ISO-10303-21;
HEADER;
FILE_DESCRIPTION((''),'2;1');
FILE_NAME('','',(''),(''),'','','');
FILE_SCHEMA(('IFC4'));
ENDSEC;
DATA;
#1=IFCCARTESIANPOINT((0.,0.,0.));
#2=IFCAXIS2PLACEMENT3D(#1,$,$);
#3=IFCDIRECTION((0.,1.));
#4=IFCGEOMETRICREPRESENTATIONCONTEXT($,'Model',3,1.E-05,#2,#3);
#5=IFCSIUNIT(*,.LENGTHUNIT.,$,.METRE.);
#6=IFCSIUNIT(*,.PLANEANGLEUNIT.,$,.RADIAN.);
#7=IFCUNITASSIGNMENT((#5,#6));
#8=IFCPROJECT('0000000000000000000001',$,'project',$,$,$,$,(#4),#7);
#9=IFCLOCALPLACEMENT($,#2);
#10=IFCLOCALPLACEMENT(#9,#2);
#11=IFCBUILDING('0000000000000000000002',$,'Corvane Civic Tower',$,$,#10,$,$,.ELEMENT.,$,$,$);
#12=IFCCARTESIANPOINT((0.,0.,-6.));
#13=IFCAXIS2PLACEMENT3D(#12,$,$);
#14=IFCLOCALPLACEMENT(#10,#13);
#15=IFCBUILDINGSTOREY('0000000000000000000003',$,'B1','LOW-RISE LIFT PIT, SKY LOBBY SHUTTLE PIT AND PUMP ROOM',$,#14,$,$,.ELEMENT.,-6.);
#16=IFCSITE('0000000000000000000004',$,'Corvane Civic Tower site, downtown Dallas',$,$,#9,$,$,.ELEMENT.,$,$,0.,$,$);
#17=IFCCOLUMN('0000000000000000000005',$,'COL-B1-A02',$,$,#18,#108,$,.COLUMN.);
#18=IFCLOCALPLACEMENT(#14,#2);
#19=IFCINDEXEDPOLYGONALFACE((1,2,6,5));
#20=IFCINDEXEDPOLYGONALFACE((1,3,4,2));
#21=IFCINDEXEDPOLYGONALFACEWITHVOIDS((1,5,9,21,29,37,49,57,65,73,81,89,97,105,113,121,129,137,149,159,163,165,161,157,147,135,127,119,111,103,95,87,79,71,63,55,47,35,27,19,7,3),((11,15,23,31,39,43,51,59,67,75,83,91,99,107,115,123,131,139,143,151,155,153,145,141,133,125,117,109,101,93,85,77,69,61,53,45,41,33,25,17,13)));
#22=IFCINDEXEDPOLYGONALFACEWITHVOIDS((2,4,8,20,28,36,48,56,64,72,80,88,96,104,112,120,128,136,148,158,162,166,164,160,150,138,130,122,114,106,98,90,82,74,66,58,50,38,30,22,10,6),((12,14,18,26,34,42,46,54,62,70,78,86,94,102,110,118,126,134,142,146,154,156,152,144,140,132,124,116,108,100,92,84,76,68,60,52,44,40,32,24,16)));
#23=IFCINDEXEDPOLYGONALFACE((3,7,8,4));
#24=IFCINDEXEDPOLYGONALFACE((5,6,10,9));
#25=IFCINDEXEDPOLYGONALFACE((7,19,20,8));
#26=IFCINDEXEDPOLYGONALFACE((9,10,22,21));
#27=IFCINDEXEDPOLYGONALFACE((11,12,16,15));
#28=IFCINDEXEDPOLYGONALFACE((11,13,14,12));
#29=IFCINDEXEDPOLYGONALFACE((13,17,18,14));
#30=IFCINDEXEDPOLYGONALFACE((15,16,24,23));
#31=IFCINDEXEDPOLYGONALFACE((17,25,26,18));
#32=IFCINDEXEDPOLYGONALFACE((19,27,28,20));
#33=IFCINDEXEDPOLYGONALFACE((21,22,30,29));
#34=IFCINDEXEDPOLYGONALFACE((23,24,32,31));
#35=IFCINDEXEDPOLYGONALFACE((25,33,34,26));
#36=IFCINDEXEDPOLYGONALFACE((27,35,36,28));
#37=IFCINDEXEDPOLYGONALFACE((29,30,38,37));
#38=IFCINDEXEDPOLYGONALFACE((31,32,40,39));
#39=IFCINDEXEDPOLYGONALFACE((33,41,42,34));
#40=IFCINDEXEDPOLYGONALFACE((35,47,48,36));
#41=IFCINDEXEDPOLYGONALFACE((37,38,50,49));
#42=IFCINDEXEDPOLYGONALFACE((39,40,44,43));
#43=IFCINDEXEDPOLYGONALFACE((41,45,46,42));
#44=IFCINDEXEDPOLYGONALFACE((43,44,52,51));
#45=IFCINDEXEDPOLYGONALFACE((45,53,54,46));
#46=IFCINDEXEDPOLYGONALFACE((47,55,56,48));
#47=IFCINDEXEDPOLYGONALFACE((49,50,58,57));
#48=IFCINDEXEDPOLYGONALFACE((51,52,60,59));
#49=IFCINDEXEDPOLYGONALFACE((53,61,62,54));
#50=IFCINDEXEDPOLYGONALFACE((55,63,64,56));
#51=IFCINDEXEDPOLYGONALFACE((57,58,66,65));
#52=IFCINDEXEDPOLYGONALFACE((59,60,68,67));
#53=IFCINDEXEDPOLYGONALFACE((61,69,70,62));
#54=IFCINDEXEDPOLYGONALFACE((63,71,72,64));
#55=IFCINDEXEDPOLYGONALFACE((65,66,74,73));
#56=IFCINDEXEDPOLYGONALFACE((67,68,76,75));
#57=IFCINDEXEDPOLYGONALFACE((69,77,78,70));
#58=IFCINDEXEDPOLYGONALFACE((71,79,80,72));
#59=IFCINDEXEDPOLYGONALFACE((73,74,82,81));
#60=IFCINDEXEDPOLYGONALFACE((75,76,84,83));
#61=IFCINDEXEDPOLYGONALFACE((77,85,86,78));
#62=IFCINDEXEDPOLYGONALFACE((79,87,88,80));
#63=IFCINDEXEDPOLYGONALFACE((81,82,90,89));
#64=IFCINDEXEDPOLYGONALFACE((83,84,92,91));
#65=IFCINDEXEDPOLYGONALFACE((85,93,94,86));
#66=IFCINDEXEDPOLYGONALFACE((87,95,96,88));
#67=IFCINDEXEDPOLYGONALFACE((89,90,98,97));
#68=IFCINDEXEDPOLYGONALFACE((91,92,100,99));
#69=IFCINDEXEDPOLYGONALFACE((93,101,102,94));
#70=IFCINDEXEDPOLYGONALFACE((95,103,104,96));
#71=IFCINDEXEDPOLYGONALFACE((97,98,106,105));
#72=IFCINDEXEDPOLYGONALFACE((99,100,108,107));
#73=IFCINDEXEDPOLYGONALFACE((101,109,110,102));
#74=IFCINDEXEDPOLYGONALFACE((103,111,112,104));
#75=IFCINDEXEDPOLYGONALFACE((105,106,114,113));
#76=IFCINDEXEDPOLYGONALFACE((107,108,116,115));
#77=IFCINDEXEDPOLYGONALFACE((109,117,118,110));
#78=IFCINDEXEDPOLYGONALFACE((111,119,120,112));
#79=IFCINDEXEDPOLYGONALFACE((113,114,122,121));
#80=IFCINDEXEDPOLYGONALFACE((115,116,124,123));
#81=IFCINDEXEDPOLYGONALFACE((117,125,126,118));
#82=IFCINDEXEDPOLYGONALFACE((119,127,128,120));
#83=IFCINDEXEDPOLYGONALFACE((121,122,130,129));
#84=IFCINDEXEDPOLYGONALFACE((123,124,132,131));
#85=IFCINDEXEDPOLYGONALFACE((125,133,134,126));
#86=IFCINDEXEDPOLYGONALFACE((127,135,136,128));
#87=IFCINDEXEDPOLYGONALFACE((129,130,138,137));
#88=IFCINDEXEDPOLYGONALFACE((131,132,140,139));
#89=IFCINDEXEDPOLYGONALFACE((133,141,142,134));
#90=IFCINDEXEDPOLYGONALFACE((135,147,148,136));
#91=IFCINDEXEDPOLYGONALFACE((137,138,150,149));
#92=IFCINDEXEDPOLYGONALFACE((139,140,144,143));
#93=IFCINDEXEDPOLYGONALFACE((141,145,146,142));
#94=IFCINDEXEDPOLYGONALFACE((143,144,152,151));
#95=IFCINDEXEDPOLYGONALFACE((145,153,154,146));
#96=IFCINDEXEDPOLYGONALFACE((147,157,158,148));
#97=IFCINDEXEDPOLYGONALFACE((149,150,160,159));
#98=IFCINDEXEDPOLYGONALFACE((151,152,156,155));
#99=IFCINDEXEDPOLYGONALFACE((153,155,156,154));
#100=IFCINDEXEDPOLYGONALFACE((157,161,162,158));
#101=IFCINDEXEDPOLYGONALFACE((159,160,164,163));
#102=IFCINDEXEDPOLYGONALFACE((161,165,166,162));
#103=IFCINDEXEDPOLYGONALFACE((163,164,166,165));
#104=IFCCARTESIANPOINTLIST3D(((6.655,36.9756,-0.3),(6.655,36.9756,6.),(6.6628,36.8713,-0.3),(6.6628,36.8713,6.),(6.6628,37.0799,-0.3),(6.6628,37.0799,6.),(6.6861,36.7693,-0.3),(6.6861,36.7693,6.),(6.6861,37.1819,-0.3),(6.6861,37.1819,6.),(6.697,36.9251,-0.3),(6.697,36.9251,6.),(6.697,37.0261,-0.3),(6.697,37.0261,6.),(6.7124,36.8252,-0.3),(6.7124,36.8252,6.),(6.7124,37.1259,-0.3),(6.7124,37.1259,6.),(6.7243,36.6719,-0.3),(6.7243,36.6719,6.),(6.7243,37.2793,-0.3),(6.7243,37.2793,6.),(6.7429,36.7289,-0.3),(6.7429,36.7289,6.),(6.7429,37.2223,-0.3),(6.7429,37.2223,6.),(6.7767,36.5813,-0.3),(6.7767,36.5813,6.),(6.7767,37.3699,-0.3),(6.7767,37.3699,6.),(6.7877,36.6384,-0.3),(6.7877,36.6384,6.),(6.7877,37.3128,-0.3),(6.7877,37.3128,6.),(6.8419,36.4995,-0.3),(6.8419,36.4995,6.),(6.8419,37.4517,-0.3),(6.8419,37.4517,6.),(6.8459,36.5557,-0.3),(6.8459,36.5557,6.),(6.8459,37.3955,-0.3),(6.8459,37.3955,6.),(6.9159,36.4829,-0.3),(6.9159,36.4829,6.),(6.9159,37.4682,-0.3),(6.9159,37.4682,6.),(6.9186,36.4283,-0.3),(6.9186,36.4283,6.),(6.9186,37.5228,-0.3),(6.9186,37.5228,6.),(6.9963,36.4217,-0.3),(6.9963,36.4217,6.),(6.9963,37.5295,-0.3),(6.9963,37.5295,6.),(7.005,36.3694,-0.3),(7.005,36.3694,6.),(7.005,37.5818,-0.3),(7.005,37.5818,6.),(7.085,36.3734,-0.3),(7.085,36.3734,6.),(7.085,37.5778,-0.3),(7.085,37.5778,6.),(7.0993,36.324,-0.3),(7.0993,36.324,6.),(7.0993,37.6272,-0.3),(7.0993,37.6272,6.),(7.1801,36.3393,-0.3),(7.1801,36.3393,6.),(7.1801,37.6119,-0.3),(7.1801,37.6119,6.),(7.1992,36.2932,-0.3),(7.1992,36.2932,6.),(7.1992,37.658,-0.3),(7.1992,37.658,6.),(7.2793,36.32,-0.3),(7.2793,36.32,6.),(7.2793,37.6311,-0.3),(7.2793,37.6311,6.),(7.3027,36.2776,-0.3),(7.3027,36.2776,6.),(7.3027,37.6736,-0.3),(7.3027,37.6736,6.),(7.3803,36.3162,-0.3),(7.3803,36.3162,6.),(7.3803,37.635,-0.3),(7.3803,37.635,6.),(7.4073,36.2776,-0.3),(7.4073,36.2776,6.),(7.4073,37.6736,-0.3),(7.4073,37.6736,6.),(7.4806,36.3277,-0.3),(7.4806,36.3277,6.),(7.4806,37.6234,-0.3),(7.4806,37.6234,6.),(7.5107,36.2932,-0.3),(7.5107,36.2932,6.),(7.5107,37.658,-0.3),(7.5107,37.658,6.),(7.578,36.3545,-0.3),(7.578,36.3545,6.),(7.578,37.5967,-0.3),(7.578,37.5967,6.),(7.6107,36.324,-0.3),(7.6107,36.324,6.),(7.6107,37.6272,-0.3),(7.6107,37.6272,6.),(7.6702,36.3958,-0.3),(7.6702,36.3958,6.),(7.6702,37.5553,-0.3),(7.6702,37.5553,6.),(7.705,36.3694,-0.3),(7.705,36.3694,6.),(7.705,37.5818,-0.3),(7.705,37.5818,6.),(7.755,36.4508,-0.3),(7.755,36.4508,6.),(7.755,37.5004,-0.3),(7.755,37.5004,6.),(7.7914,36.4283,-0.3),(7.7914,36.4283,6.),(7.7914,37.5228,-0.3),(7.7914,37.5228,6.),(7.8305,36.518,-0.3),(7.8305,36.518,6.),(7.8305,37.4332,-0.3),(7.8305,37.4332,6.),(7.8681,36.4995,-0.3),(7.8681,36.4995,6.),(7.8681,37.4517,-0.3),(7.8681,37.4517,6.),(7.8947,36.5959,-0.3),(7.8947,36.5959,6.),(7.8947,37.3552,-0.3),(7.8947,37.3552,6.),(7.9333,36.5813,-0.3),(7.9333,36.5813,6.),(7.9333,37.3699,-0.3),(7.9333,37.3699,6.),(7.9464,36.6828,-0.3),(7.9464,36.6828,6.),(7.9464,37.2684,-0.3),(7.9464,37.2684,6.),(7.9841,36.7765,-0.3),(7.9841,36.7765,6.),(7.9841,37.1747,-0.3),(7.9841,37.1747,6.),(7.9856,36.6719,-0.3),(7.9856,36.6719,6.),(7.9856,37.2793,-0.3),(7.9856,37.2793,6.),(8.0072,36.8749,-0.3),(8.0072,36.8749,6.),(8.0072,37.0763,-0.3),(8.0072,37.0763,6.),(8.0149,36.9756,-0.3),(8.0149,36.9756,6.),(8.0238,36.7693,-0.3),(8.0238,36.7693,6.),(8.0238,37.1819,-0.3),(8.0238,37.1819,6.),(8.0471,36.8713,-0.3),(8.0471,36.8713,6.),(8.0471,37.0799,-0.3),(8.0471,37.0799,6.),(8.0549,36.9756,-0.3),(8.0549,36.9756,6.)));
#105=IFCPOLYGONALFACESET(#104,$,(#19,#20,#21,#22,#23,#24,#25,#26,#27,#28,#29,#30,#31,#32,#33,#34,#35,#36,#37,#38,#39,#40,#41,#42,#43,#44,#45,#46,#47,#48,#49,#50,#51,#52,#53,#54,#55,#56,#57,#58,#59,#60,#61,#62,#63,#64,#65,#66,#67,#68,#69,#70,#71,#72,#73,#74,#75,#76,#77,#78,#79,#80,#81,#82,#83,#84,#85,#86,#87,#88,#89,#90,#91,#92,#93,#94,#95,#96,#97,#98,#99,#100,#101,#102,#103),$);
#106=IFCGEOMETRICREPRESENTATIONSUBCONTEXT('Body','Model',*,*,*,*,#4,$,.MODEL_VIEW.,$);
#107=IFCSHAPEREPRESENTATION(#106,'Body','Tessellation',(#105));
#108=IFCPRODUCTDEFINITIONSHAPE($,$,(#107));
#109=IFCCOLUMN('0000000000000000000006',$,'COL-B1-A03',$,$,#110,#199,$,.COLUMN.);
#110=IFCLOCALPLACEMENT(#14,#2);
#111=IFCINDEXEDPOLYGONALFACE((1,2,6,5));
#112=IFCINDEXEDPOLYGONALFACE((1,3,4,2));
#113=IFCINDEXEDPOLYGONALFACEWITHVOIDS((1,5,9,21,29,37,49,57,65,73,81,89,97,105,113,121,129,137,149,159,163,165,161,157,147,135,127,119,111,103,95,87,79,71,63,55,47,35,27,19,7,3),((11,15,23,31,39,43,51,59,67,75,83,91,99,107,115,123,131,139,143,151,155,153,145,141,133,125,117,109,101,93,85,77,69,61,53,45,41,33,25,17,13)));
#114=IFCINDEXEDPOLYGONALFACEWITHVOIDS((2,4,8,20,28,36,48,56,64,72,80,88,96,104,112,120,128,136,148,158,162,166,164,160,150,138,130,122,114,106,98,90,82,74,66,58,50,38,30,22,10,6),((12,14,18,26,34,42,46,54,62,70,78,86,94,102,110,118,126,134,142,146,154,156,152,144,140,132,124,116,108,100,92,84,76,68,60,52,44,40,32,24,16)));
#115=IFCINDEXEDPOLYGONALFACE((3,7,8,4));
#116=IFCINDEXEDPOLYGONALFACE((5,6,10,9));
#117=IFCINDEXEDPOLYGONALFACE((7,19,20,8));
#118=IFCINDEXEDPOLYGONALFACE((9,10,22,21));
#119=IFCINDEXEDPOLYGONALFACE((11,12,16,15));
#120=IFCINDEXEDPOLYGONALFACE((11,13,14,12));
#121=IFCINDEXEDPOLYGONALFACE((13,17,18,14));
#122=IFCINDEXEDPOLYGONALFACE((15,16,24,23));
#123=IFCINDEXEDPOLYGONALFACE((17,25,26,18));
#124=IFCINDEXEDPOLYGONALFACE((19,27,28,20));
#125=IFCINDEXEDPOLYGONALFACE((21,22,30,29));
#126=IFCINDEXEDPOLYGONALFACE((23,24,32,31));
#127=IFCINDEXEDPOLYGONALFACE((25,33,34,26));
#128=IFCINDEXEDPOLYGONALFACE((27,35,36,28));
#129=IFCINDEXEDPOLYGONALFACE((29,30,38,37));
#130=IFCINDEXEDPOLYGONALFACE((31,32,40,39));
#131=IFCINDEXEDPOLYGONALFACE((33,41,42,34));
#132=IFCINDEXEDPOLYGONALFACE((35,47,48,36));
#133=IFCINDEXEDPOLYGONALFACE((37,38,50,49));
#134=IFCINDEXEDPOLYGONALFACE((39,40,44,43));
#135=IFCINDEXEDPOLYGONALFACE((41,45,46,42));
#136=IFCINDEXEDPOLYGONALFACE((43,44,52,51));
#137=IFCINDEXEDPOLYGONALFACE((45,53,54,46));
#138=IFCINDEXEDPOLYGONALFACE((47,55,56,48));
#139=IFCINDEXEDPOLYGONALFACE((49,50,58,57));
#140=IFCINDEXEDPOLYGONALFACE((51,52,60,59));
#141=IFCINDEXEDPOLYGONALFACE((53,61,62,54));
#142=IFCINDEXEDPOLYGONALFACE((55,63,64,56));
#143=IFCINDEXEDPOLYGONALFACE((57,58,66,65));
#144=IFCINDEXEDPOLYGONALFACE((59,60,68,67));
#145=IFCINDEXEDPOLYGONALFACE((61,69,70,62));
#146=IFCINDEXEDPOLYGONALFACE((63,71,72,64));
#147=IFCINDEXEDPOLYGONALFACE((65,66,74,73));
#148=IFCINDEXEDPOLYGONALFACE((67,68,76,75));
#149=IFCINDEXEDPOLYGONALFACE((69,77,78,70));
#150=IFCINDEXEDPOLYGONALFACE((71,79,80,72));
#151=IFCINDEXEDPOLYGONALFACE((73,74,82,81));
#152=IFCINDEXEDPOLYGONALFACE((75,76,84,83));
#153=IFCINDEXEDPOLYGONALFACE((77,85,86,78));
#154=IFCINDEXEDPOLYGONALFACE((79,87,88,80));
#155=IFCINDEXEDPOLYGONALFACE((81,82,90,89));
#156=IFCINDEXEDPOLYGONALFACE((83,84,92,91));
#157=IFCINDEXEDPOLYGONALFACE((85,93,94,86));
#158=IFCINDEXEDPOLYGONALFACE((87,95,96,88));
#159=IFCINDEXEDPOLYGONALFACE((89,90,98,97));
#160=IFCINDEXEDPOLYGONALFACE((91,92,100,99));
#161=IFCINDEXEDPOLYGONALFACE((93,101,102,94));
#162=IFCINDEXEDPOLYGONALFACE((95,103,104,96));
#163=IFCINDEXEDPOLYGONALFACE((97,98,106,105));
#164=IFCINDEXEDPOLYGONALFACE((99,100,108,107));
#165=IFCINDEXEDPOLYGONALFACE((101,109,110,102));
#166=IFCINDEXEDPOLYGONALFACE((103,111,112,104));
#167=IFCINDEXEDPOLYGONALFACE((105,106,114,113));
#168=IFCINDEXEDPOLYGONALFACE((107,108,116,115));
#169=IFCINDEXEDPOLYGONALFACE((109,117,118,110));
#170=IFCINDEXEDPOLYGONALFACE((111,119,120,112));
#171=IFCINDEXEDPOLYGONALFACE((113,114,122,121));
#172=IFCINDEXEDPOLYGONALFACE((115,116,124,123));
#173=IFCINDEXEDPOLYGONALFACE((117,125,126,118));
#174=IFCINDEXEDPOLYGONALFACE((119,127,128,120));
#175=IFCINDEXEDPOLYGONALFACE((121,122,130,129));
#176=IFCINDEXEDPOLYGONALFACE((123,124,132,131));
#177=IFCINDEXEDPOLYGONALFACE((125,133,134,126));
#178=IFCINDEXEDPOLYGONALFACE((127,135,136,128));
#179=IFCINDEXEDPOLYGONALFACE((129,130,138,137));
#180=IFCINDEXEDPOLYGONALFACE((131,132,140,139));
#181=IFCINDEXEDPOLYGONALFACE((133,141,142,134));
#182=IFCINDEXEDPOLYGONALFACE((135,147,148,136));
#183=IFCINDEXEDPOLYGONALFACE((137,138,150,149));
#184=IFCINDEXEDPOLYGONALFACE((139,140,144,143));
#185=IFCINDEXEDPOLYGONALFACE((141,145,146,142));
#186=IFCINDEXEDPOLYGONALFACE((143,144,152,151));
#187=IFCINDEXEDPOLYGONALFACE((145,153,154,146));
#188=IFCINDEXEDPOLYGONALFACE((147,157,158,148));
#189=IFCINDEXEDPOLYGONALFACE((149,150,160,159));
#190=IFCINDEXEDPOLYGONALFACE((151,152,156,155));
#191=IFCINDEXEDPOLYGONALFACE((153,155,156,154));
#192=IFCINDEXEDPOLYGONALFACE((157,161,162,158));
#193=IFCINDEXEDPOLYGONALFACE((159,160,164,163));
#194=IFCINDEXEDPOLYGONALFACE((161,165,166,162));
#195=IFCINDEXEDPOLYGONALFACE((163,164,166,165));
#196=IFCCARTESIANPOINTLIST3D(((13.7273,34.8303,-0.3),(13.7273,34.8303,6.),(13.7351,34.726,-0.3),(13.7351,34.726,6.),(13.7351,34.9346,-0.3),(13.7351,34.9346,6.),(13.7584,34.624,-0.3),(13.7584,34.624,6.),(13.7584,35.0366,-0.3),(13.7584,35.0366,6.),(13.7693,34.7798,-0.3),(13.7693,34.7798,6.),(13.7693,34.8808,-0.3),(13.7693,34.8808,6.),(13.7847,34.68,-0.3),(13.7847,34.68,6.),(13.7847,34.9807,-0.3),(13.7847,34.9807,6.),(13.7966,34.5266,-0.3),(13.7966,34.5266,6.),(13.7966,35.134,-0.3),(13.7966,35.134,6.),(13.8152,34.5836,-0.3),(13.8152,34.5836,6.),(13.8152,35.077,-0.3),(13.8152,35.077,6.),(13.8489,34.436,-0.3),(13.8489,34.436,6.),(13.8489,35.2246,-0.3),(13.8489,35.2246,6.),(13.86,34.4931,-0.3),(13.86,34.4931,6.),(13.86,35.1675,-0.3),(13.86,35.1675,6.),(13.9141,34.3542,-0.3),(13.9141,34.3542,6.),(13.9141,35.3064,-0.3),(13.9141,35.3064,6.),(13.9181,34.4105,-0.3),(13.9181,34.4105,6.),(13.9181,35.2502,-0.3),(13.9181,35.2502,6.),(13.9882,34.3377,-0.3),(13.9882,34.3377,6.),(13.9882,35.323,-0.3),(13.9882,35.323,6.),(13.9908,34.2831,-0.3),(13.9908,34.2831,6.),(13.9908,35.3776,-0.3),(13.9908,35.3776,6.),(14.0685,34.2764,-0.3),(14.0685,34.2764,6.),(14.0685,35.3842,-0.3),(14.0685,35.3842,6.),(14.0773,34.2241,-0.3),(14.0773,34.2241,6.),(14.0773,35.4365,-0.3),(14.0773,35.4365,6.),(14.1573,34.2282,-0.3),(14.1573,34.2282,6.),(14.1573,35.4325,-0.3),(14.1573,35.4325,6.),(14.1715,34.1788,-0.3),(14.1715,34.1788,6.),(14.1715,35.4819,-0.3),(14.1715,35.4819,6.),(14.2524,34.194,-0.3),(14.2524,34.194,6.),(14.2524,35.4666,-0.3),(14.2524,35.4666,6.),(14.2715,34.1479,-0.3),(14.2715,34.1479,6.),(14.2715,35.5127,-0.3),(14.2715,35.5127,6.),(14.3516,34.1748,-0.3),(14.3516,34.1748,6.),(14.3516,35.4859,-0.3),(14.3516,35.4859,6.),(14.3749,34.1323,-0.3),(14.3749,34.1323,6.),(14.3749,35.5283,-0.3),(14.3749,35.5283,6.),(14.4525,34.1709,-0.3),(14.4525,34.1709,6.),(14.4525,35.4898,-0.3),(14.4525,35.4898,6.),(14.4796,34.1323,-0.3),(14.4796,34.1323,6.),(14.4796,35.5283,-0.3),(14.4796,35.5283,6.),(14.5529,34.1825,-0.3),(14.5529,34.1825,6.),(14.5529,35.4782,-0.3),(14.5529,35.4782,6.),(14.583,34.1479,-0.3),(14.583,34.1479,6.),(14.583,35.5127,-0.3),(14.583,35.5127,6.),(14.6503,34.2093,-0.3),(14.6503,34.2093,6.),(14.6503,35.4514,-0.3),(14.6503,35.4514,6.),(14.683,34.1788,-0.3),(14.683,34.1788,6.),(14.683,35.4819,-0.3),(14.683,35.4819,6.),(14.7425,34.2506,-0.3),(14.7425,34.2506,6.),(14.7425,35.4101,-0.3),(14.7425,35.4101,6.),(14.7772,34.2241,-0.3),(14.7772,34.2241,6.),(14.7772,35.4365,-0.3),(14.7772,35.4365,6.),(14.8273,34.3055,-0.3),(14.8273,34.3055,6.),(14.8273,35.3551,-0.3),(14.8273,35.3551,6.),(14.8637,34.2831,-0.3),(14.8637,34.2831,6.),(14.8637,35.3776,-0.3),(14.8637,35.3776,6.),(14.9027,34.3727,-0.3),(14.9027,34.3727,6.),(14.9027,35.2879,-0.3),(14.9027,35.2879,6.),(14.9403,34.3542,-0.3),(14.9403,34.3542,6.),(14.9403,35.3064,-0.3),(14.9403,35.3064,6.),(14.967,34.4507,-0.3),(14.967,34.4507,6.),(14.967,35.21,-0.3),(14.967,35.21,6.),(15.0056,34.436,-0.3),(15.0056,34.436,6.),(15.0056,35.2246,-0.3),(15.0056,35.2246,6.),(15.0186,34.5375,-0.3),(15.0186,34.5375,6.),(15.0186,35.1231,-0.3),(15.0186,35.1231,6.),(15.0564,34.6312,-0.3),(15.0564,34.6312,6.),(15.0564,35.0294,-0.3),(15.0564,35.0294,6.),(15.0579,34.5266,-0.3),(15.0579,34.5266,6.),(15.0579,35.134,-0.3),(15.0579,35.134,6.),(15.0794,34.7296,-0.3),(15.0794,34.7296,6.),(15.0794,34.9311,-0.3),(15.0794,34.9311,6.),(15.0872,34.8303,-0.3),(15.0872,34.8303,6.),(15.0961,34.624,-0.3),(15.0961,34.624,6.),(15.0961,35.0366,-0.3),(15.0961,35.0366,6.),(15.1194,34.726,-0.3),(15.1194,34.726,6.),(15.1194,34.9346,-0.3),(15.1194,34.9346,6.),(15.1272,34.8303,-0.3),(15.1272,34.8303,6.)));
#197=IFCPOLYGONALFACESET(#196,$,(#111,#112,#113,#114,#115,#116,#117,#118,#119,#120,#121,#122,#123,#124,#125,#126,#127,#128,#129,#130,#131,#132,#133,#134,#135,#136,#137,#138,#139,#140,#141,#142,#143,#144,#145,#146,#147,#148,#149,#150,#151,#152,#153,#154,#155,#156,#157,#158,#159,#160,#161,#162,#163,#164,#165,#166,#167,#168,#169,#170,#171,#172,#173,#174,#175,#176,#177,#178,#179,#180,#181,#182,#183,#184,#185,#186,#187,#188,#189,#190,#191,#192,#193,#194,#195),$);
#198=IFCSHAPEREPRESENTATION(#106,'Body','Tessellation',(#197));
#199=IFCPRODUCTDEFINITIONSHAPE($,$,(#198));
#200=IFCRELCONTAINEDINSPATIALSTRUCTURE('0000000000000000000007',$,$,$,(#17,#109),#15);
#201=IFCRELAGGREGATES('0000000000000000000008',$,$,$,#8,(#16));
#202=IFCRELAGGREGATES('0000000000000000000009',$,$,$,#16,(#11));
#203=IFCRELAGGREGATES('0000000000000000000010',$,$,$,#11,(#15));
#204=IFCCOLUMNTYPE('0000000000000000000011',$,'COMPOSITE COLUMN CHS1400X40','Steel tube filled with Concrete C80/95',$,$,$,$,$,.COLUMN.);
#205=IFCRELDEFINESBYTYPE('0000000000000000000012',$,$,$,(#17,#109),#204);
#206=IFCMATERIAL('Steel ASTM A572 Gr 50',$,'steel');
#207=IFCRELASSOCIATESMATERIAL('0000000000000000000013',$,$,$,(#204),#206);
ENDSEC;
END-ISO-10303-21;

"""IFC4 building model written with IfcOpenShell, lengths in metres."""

from ifc_helpers import new_model, si_unit, direction, frame, origin, origin_2d, place, context, subcontext, project, spatial, hollow_circle, extrude, material, material_profile, profile_set, type_object, element, save


model = new_model("IFC4")

# Units and contexts
model_context = context("Model", 3, precision=1e-05, world=origin(), true_north=direction((0.0, 1.0)))
body_context = subcontext(model_context, "Body", "Model", "MODEL_VIEW")
ifc_project = project(units=[si_unit("LENGTHUNIT", "METRE"), si_unit("PLANEANGLEUNIT", "RADIAN")], contexts=[model_context])

# Site, building, storey
site_placement = place(None, origin())
site = spatial("IfcSite", under=ifc_project, at=site_placement, Name="Corvane Civic Tower site, downtown Dallas", CompositionType="ELEMENT", RefElevation=0.0)
building_placement = place(site_placement, origin())
building = spatial("IfcBuilding", under=site, at=building_placement, Name="Corvane Civic Tower", CompositionType="ELEMENT")
storey_placement = place(building_placement, frame((0.0, 0.0, -6.0)))
storey = spatial("IfcBuildingStorey", under=building, at=storey_placement, Name="B1", Description="LOW-RISE LIFT PIT, SKY LOBBY SHUTTLE PIT AND PUMP ROOM", CompositionType="ELEMENT", Elevation=-6.0)

# Columns
ifc_material_1 = material(Name="Steel ASTM A572 Gr 50", Category="steel")
ifc_material_profile_1 = material_profile(ifc_material_1, hollow_circle(Radius=0.7, WallThickness=0.04, at=origin_2d()), Name="CHS1400X40")
ifc_profile_set_1 = profile_set([ifc_material_profile_1], Name="Steel ASTM A572 Gr 50")
column_type_1 = type_object("IfcColumnType", Name="COMPOSITE COLUMN CHS1400X40", Description="Steel tube filled with Concrete C80/95", PredefinedType="COLUMN", material=ifc_profile_set_1)
for number, where, z_axis, x_axis, name in (
    (1, (7.355, 36.9756, -0.3), (0.0, 0.0, 1.0), (1.0, 0.0, 0.0), "COL-B1-A02"),
    (2, (14.4272, 34.8303, -0.3), (0.0, 0.0, 1.0), (1.0, 0.0, 0.0), "COL-B1-A03"),
):
    element("IfcColumn", number, at=place(storey_placement, frame(where, z_axis=z_axis, x_axis=x_axis)), inside=storey, type_object=column_type_1, Name=name, PredefinedType="COLUMN", context=body_context, shape_type="SweptSolid", body=[
        extrude(hollow_circle(Radius=0.7, WallThickness=0.04, at=origin_2d()), origin(), (0.0, 0.0, 1.0), 6.3),
    ])

save(model, "model.ifc")
